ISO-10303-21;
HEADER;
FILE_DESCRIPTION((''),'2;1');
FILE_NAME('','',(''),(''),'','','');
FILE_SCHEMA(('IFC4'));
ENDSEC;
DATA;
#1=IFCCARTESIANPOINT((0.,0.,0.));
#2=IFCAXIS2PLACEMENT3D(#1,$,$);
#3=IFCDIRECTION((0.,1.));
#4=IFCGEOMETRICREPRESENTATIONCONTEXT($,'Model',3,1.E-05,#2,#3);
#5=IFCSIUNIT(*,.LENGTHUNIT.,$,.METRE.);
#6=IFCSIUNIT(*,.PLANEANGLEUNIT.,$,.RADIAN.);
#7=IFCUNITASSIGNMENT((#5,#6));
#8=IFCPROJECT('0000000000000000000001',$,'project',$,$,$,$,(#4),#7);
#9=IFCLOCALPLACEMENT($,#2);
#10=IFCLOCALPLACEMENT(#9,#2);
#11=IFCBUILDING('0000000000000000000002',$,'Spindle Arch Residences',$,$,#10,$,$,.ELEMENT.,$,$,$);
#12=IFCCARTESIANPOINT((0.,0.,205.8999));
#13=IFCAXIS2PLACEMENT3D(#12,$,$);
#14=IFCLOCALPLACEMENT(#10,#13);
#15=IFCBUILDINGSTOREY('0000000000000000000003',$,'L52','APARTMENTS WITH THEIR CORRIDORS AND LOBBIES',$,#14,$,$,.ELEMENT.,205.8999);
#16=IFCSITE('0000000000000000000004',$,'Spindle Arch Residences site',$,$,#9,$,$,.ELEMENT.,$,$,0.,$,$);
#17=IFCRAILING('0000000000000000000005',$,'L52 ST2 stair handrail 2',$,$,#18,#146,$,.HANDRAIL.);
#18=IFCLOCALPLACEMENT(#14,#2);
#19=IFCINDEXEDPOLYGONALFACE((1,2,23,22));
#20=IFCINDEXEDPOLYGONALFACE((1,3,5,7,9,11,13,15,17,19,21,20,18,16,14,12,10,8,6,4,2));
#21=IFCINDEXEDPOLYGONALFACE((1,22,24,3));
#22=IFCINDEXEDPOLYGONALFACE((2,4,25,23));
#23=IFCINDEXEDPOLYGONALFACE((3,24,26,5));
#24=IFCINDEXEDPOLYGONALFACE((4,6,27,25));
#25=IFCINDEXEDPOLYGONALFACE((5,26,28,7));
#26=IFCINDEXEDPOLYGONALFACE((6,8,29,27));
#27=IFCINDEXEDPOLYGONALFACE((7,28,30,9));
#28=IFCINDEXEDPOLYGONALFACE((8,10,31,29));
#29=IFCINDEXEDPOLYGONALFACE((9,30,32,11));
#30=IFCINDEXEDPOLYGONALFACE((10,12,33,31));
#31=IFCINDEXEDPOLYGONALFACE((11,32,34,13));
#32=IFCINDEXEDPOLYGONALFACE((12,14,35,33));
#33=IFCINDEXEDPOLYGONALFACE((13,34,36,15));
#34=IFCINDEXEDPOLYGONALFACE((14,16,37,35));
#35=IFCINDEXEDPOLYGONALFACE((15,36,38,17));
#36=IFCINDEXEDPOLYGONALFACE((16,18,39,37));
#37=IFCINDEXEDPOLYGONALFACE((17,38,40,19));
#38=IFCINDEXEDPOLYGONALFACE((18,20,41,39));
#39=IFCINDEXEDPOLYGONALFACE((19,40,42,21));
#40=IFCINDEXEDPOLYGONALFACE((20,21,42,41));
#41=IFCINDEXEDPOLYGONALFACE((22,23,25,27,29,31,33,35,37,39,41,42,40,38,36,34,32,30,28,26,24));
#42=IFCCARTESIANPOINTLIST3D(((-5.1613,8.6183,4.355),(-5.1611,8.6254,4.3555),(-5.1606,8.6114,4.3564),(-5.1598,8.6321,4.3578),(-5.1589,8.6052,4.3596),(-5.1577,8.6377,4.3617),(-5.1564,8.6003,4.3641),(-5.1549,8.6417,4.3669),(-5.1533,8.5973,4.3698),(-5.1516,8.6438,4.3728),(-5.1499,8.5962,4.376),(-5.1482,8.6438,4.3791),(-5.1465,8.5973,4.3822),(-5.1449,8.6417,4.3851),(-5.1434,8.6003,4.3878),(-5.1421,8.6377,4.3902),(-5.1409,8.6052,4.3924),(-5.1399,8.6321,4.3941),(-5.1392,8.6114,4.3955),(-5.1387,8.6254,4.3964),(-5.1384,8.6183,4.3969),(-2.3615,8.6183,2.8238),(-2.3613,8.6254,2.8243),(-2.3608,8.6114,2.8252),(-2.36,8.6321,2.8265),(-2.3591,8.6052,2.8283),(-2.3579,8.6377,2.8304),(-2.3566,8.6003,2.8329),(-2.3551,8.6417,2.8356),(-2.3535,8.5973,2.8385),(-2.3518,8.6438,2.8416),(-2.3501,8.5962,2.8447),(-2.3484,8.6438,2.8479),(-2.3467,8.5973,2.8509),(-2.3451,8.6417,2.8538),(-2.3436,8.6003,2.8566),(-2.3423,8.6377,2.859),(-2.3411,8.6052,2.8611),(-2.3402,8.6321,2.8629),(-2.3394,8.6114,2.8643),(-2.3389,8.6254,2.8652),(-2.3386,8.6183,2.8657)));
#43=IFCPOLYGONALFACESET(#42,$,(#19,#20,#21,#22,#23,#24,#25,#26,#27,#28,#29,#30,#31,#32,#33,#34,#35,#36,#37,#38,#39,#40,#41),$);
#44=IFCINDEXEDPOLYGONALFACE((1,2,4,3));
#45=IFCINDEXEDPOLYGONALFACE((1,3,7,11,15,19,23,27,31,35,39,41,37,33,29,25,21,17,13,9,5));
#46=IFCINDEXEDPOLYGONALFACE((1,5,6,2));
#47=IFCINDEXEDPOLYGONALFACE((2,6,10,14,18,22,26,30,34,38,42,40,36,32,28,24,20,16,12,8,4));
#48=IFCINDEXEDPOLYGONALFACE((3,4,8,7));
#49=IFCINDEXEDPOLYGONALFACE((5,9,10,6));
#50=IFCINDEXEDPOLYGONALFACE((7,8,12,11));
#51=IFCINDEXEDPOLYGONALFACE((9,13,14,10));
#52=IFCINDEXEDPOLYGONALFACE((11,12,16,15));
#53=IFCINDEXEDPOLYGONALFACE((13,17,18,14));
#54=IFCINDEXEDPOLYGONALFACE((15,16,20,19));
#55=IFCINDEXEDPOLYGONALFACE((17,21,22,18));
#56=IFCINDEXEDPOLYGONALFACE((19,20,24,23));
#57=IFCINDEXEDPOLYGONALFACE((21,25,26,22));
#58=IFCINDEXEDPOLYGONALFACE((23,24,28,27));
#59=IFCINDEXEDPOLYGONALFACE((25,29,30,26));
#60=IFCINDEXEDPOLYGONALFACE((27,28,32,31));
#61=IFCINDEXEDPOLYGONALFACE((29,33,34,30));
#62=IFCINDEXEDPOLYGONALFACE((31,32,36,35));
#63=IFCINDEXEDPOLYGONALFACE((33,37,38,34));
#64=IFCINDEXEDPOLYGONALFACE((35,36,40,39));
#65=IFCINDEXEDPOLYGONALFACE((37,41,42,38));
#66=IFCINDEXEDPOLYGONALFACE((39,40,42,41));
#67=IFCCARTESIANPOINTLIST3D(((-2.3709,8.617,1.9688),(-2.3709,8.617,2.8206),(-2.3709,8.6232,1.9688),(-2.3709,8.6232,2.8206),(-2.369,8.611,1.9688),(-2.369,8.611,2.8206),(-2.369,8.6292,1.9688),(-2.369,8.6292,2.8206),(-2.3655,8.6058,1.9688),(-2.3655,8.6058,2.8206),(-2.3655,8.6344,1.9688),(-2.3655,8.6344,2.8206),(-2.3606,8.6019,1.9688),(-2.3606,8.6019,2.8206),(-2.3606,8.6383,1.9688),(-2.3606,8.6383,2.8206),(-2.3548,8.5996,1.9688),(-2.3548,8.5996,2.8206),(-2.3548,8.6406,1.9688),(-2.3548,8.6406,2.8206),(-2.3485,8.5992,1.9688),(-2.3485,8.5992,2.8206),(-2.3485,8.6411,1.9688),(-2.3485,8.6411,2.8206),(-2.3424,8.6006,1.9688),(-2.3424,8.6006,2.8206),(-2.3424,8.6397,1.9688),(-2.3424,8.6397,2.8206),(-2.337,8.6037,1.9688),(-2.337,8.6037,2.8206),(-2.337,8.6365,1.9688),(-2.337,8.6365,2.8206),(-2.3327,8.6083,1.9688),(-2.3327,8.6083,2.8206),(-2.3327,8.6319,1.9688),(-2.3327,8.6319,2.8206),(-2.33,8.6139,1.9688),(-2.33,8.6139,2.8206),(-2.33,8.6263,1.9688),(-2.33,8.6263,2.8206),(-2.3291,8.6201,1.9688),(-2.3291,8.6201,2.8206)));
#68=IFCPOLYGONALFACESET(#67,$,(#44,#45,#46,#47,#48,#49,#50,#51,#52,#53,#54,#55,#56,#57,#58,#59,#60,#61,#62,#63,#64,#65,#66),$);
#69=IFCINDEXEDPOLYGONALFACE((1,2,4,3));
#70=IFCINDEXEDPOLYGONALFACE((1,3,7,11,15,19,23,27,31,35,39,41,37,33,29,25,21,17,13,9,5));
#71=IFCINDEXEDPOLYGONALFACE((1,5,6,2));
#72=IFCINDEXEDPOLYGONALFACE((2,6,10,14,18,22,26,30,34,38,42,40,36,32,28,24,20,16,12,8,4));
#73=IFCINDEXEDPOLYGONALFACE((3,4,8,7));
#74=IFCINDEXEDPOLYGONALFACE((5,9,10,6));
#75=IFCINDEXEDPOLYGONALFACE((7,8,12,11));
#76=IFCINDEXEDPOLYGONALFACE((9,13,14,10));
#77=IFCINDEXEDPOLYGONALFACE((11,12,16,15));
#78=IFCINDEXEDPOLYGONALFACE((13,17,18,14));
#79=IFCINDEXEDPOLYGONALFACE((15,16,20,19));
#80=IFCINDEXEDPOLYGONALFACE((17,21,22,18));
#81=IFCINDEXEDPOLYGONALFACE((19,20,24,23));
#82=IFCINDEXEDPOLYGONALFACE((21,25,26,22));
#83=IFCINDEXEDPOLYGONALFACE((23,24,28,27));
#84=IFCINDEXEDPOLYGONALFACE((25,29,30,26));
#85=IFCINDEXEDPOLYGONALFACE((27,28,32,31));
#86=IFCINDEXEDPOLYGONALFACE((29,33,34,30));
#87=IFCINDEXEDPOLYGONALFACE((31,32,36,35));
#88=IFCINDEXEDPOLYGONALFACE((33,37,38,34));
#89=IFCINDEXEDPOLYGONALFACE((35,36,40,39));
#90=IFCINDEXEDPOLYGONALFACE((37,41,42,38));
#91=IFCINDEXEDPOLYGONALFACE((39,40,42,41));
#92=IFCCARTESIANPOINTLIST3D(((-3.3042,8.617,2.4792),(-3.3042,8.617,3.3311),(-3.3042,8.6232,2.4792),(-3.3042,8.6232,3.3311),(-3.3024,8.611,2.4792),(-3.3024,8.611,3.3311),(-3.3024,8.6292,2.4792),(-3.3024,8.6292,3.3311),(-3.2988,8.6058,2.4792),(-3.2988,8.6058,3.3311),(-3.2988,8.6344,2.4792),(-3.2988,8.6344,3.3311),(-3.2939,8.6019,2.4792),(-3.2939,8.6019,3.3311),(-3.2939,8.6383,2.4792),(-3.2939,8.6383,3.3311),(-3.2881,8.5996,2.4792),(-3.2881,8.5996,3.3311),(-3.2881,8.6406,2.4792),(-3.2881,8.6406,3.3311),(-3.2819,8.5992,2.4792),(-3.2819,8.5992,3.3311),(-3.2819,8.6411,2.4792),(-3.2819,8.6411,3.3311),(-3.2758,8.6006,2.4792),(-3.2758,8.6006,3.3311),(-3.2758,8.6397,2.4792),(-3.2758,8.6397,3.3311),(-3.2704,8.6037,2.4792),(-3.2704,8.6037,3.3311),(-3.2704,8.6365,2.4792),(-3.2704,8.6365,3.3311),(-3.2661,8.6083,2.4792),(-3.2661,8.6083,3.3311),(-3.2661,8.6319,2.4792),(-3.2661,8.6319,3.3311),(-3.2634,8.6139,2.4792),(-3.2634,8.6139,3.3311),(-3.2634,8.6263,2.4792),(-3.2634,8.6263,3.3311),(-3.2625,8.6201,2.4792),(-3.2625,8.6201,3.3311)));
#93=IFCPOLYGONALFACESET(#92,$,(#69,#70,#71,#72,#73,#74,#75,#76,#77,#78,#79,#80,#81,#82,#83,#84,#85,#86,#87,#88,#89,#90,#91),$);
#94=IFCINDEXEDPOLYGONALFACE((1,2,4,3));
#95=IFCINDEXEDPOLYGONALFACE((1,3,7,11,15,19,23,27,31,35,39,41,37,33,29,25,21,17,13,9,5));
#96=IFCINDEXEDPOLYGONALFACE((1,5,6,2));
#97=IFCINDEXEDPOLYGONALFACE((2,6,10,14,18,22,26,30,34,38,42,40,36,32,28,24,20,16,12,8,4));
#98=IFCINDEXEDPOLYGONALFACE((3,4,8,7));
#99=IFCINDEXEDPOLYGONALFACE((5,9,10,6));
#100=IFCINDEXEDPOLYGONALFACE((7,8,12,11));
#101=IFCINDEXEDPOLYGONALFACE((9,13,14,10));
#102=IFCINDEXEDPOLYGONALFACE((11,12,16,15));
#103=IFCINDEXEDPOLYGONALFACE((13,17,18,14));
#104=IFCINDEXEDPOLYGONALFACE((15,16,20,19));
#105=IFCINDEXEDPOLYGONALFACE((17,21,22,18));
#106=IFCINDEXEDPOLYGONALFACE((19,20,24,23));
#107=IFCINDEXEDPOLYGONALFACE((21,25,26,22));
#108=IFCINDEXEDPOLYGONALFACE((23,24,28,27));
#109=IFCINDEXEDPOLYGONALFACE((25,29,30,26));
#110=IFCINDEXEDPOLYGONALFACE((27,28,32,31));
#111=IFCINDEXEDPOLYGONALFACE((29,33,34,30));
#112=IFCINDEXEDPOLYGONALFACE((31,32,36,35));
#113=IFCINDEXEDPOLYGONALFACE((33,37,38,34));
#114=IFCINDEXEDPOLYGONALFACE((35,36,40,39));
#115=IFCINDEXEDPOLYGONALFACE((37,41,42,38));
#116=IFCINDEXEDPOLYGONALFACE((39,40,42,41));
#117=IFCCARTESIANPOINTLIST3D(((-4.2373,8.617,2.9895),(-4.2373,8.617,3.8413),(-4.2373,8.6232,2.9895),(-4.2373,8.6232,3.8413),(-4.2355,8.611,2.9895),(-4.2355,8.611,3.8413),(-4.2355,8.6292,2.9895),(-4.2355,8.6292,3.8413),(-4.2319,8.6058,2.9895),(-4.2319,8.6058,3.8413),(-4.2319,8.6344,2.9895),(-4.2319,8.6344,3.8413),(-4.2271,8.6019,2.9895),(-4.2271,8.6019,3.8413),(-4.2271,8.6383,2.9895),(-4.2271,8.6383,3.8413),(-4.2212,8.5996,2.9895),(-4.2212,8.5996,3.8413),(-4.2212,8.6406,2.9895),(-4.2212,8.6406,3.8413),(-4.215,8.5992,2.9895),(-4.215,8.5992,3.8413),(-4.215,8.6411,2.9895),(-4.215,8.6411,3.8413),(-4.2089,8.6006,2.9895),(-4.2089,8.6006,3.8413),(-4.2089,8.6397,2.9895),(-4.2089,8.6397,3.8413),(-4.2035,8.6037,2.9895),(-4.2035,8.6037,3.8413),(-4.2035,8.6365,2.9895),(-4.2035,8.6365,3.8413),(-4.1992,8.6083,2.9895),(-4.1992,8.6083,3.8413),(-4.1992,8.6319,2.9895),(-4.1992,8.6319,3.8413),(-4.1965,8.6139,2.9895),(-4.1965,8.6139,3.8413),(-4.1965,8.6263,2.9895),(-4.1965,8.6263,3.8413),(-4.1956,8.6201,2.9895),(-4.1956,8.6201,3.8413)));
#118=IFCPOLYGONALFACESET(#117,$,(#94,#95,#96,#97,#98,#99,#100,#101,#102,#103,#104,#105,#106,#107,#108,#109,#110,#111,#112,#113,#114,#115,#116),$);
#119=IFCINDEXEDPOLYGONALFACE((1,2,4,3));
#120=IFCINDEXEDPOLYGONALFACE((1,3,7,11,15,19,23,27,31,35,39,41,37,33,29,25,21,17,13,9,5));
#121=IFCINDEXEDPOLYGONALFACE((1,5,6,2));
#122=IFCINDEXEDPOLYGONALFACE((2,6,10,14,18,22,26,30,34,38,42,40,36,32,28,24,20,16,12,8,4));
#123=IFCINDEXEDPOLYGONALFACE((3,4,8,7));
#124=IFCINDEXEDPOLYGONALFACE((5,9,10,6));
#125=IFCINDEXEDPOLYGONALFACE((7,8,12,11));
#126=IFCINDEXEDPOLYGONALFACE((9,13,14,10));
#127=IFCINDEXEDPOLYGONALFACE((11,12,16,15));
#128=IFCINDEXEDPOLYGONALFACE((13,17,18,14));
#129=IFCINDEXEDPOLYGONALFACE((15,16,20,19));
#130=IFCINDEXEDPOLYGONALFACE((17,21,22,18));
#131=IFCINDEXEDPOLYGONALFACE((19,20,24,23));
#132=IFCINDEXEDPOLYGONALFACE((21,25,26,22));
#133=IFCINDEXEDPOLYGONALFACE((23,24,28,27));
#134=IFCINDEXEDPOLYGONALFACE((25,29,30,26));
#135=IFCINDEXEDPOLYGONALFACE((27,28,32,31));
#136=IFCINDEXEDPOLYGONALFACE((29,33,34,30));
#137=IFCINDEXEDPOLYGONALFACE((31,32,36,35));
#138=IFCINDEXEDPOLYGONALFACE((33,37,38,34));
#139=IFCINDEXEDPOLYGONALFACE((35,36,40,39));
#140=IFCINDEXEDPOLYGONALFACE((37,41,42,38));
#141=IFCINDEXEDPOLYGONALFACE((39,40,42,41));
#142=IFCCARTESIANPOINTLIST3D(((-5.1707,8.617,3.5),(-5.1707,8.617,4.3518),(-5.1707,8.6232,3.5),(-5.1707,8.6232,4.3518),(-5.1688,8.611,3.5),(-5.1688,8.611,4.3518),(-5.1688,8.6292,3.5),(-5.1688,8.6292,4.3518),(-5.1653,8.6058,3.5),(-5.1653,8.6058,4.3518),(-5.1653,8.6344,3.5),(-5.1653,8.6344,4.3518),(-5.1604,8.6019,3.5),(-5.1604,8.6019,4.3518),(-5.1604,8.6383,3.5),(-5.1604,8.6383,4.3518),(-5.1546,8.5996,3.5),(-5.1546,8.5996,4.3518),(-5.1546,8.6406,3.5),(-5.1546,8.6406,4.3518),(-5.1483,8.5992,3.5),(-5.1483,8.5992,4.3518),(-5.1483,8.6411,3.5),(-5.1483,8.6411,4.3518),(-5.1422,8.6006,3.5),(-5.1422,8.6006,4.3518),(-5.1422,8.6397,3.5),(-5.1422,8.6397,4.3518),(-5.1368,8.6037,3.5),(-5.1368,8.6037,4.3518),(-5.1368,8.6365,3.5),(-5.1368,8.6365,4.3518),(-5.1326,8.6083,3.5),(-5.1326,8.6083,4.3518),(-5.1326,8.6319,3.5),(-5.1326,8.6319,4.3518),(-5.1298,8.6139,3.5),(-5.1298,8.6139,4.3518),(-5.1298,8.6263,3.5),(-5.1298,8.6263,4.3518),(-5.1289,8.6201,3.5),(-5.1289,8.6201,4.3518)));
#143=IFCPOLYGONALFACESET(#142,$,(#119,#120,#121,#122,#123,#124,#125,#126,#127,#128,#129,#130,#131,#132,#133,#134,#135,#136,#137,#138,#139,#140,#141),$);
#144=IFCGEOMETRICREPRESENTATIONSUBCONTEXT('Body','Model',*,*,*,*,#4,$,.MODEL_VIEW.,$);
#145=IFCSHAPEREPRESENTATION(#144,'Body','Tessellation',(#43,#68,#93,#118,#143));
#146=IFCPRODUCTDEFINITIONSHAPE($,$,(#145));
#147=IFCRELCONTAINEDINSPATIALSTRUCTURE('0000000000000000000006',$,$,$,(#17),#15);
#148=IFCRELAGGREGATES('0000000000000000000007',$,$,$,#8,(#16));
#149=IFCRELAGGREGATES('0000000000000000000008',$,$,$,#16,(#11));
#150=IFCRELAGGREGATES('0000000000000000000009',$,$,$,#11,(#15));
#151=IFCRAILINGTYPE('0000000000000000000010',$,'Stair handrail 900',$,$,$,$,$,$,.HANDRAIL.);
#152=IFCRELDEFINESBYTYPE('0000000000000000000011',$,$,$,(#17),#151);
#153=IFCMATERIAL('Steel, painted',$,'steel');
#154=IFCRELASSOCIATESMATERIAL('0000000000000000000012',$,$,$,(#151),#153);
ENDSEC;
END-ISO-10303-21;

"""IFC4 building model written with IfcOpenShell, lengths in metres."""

from ifc_helpers import new_model, si_unit, direction, frame, origin, origin_2d, place, context, subcontext, project, spatial, circle, extrude, material, type_object, element, save


model = new_model("IFC4")

# Units and contexts
model_context = context("Model", 3, precision=1e-05, world=origin(), true_north=direction((0.0, 1.0)))
body_context = subcontext(model_context, "Body", "Model", "MODEL_VIEW")
ifc_project = project(units=[si_unit("LENGTHUNIT", "METRE"), si_unit("PLANEANGLEUNIT", "RADIAN")], contexts=[model_context])

# Site, building, storey
site_placement = place(None, origin())
site = spatial("IfcSite", under=ifc_project, at=site_placement, Name="Spindle Arch Residences site", CompositionType="ELEMENT", RefElevation=0.0)
building_placement = place(site_placement, origin())
building = spatial("IfcBuilding", under=site, at=building_placement, Name="Spindle Arch Residences", CompositionType="ELEMENT")
storey_placement = place(building_placement, frame((0.0, 0.0, 205.8999)))
storey = spatial("IfcBuildingStorey", under=building, at=storey_placement, Name="L52", Description="APARTMENTS WITH THEIR CORRIDORS AND LOBBIES", CompositionType="ELEMENT", Elevation=205.8999)

# Railing
ifc_material_1 = material(Name="Steel, painted", Category="steel")
railing_type_1 = type_object("IfcRailingType", Name="Stair handrail 900", PredefinedType="HANDRAIL", material=ifc_material_1)
railing_1_placement = place(storey_placement, frame((-2.3501, 8.6201, 1.9688)))
element("IfcRailing", 1, at=railing_1_placement, inside=storey, type_object=railing_type_1, Name="L52 ST2 stair handrail 2", PredefinedType="HANDRAIL", context=body_context, shape_type="SweptSolid", body=[
    extrude(circle(Radius=0.0239, at=origin_2d()), frame((0.0, 0.0, 0.876), z_axis=(-0.877357, 0.0, 0.479838), x_axis=(0.0, -1.0, 0.0)), (0.0, 0.0, 1.0), 3.1912),
    extrude(circle(Radius=0.021, at=origin_2d()), origin(), (0.0, 0.0, 1.0), 0.8518),
    extrude(circle(Radius=0.021, at=origin_2d()), frame((-0.9333, 0.0, 0.5105)), (0.0, 0.0, 1.0), 0.8518),
    extrude(circle(Radius=0.021, at=origin_2d()), frame((-1.8665, 0.0, 1.0208)), (0.0, 0.0, 1.0), 0.8518),
    extrude(circle(Radius=0.021, at=origin_2d()), frame((-2.7998, 0.0, 1.5312)), (0.0, 0.0, 1.0), 0.8518),
])

save(model, "model.ifc")
